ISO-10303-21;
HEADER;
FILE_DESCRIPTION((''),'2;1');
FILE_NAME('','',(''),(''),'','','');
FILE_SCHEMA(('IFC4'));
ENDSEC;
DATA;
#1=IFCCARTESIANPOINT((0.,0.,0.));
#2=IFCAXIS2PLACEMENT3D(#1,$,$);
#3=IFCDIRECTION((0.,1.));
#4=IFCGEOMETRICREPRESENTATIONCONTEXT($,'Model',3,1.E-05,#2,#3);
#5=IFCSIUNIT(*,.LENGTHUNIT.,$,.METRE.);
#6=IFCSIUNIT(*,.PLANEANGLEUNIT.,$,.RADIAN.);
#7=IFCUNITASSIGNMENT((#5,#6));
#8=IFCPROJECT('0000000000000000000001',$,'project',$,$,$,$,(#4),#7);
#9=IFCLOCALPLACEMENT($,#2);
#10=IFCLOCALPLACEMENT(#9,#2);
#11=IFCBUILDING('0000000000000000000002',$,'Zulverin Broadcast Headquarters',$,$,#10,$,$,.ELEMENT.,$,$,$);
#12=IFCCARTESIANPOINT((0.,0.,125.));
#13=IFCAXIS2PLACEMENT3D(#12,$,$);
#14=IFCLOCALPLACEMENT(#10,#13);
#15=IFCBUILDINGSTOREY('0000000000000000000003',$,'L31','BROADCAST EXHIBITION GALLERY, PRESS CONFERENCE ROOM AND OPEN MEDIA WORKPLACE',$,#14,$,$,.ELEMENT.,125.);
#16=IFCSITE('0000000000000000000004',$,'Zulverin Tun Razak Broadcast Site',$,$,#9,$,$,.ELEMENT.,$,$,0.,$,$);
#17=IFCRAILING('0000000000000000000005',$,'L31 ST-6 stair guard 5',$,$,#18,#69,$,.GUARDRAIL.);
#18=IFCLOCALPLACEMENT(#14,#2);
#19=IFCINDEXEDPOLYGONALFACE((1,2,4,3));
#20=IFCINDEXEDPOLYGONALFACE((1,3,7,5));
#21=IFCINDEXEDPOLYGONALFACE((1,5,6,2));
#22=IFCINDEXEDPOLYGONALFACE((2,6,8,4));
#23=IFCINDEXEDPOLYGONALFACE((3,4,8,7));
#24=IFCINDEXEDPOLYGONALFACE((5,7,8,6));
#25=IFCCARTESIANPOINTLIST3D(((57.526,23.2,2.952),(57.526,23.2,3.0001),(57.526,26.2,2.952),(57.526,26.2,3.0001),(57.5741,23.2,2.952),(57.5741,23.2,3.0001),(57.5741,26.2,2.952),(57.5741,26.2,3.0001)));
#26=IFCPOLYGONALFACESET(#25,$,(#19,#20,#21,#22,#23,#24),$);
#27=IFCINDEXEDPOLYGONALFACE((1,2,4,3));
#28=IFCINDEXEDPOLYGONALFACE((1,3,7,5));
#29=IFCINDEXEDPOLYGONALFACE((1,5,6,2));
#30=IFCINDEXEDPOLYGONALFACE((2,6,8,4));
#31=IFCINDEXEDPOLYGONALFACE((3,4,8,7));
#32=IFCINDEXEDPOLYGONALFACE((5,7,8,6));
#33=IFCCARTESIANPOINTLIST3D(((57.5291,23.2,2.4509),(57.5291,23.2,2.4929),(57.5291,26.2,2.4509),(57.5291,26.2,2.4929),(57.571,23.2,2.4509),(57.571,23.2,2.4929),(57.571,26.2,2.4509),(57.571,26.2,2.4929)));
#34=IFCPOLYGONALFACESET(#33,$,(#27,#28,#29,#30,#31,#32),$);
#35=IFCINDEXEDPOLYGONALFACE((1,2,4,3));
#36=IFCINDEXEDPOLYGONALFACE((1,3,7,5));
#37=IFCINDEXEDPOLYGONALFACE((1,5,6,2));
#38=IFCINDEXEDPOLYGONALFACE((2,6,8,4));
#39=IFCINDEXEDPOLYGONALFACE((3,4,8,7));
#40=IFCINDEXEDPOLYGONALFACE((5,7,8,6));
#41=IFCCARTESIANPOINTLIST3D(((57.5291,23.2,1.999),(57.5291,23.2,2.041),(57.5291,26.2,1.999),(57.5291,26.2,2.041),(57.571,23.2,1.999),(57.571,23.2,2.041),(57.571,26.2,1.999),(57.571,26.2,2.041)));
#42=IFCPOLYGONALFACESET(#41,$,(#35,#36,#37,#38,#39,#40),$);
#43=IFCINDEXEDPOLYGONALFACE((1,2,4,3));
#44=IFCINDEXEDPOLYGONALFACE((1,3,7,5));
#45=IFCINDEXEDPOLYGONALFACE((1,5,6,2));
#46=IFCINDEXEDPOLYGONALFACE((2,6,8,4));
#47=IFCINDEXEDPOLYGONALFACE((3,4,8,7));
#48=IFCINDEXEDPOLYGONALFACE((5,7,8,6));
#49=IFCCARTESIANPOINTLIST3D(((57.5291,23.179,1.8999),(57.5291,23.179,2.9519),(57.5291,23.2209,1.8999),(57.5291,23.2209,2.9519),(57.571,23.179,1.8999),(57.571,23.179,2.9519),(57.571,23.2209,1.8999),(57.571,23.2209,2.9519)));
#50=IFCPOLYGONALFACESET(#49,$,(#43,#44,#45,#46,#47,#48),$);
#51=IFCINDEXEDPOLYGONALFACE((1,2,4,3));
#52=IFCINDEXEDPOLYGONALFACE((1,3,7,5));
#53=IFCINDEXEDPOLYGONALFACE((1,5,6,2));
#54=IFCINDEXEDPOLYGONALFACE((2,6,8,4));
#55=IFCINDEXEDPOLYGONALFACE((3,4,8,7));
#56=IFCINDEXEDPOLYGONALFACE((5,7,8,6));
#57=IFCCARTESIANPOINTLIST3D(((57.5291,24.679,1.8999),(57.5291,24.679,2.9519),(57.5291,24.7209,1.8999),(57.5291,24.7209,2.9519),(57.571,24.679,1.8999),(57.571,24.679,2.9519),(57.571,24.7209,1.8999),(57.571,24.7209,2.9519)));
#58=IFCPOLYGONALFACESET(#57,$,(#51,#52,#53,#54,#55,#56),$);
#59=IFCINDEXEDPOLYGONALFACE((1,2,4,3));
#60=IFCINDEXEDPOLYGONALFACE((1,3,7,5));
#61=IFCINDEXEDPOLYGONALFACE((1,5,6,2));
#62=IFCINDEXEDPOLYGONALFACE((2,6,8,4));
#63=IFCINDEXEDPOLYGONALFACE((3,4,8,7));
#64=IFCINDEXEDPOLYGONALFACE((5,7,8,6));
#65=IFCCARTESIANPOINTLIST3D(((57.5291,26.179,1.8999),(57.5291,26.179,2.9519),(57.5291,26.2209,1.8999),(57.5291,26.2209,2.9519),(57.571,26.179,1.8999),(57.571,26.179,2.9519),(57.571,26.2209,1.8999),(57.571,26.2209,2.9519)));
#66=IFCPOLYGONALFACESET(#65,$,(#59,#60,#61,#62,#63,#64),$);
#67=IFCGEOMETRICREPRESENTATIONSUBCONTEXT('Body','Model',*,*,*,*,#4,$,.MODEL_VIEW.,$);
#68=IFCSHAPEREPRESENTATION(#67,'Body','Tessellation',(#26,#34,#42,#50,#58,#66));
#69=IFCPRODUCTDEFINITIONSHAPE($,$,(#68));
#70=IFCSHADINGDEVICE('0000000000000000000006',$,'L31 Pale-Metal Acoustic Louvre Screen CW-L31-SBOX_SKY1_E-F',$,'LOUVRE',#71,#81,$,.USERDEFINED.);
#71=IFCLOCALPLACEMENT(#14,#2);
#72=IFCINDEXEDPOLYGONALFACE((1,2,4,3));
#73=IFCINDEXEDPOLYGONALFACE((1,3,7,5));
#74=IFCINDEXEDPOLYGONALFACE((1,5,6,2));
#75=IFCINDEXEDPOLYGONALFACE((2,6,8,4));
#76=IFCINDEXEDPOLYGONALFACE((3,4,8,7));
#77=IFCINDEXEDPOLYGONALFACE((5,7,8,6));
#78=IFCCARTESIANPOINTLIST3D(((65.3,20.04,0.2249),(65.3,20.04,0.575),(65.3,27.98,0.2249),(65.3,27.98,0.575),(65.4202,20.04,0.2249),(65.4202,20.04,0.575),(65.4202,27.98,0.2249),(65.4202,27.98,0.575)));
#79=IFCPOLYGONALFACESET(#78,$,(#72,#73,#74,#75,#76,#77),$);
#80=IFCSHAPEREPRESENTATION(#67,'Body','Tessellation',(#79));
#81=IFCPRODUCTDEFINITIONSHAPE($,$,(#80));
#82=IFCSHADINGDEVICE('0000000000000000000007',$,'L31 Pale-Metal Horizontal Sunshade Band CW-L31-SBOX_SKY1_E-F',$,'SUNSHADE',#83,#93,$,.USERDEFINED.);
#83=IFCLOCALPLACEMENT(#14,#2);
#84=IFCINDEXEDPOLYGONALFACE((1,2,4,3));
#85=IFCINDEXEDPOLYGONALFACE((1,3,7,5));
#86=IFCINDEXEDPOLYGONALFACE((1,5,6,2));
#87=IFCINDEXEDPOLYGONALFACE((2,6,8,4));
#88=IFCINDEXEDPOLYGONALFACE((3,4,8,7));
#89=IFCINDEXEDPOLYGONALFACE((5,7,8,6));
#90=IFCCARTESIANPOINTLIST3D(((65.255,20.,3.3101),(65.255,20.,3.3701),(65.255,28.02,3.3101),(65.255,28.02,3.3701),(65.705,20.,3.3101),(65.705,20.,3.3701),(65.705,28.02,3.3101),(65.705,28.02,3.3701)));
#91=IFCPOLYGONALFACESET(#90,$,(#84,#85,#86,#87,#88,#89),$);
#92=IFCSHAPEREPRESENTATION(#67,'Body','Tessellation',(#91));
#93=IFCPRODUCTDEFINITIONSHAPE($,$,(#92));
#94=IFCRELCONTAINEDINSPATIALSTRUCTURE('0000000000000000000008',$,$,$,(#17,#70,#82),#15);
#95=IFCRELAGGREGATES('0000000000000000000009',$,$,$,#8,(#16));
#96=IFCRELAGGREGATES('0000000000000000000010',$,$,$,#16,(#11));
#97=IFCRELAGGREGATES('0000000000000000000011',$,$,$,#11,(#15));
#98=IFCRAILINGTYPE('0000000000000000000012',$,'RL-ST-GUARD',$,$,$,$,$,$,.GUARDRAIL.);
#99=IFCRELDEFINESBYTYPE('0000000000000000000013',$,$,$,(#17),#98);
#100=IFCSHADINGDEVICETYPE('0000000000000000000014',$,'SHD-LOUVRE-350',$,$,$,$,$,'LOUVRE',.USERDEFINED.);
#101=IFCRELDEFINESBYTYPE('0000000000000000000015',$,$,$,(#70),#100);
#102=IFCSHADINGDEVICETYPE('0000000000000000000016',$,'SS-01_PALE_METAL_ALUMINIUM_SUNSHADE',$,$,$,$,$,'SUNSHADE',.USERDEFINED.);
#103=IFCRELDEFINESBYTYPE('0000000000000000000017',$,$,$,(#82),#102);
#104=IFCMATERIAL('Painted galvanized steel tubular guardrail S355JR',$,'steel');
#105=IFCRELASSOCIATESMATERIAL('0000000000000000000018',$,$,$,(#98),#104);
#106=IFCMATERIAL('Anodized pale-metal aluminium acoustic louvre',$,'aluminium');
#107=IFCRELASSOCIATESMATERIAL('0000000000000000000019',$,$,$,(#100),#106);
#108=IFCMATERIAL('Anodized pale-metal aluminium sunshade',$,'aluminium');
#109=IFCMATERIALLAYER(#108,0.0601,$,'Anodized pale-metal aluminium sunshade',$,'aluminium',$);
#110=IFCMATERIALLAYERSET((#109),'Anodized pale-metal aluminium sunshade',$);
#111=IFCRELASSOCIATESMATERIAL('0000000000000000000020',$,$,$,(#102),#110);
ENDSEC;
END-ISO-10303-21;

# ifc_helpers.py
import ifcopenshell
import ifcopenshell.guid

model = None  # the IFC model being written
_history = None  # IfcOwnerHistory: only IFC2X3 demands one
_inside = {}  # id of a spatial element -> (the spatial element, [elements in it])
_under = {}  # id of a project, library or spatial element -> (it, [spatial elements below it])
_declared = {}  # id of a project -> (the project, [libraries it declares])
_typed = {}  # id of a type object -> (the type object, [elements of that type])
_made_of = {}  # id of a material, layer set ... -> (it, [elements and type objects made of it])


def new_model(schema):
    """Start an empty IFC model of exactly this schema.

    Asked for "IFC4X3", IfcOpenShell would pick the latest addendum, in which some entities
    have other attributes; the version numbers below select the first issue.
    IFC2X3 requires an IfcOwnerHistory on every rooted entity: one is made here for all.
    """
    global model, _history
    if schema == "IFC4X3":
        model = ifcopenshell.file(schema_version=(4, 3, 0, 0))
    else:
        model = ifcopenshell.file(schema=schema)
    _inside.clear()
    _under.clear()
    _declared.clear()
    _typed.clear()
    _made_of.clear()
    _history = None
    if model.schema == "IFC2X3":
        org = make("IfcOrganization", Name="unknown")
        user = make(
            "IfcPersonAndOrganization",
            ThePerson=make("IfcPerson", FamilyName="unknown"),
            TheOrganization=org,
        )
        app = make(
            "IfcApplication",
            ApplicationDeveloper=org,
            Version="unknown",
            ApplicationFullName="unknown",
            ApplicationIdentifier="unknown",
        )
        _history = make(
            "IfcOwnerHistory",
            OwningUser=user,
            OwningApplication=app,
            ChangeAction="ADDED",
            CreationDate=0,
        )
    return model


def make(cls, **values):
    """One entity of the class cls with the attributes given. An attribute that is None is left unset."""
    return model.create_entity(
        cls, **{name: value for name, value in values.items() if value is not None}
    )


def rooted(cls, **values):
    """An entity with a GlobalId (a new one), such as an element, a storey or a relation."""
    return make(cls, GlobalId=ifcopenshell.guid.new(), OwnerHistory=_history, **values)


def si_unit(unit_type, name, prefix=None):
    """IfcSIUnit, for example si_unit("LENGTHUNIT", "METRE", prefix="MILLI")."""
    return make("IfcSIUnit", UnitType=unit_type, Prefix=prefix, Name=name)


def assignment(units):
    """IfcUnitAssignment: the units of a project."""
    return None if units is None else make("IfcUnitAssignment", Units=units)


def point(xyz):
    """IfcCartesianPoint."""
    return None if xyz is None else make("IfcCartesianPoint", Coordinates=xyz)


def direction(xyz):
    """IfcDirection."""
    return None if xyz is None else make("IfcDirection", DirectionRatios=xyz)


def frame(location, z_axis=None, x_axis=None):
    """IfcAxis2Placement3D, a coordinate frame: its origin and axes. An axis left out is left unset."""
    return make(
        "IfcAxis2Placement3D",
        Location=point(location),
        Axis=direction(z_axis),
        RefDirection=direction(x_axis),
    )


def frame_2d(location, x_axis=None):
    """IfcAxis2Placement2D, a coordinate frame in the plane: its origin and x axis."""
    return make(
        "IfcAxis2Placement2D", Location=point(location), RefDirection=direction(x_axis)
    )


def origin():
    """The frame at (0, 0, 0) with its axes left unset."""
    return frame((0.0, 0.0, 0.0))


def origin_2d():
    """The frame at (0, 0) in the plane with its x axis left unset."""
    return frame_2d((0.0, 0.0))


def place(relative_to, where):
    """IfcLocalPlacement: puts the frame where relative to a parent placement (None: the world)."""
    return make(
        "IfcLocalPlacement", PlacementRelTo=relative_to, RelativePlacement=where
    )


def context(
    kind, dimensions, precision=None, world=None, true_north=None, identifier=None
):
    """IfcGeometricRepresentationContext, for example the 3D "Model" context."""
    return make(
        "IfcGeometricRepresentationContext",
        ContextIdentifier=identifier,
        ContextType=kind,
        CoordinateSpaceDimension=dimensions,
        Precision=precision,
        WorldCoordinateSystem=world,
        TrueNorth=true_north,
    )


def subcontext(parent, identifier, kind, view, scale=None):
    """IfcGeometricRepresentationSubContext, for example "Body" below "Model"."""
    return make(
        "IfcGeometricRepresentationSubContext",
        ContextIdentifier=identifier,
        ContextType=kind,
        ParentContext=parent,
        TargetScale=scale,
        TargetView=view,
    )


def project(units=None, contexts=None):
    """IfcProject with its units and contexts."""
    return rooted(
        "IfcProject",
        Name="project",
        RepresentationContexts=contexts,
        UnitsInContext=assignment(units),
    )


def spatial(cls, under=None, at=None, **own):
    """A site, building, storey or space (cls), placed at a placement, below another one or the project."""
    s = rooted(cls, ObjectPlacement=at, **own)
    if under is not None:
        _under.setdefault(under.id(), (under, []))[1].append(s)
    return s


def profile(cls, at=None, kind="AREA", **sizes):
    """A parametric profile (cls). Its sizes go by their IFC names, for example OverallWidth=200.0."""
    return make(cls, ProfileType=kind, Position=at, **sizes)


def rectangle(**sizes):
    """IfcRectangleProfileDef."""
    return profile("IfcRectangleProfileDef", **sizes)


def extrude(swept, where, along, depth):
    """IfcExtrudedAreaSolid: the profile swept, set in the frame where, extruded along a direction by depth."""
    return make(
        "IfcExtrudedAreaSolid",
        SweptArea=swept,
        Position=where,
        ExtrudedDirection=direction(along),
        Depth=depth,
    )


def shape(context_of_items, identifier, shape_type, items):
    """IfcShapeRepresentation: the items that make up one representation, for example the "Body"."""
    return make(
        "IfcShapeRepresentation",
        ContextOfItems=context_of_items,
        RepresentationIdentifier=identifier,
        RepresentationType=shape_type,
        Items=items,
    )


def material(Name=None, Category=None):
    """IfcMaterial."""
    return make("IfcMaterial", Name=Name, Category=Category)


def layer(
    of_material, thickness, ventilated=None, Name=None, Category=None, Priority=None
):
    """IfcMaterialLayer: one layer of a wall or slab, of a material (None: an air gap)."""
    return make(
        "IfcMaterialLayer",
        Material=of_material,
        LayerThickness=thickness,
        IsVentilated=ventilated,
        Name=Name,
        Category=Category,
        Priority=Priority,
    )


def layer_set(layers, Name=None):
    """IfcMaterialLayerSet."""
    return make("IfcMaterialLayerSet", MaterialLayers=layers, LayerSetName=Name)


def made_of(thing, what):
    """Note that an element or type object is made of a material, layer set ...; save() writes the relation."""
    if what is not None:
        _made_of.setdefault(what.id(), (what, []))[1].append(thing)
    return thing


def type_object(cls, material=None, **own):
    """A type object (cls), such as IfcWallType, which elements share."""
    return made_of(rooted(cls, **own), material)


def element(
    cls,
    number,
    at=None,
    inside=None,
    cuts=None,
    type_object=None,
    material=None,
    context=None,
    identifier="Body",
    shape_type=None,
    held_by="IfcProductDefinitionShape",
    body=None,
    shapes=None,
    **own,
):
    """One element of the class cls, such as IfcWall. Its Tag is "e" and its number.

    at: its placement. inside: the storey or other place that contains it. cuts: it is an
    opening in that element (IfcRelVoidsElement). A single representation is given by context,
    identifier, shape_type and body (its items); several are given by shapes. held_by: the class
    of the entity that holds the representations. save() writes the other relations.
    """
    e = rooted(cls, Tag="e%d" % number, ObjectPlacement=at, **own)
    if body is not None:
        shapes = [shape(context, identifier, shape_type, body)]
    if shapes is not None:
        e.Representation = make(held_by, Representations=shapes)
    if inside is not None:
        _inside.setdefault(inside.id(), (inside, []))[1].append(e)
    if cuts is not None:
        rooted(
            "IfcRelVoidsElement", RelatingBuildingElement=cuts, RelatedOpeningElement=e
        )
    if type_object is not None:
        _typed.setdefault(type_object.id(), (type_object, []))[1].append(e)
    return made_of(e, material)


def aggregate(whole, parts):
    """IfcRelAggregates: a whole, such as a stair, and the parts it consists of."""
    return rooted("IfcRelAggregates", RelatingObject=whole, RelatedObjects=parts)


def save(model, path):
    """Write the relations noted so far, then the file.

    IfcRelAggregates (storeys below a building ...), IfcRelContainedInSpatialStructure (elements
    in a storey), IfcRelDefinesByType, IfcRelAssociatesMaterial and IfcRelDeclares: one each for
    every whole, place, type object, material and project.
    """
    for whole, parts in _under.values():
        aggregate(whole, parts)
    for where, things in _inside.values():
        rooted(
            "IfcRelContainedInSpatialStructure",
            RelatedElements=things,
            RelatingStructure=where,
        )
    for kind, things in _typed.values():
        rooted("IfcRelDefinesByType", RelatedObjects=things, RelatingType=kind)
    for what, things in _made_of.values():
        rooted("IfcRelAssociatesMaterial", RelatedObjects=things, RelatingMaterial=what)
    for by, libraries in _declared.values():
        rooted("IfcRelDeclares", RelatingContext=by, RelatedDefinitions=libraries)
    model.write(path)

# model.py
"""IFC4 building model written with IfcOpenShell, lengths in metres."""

from ifc_helpers import new_model, si_unit, direction, frame, origin, origin_2d, place, context, subcontext, project, spatial, rectangle, extrude, material, layer, layer_set, type_object, element, save


model = new_model("IFC4")

# Units and contexts
model_context = context("Model", 3, precision=1e-05, world=origin(), true_north=direction((0.0, 1.0)))
body_context = subcontext(model_context, "Body", "Model", "MODEL_VIEW")
ifc_project = project(units=[si_unit("LENGTHUNIT", "METRE"), si_unit("PLANEANGLEUNIT", "RADIAN")], contexts=[model_context])

# Site, building, storey
site_placement = place(None, origin())
site = spatial("IfcSite", under=ifc_project, at=site_placement, Name="Zulverin Tun Razak Broadcast Site", CompositionType="ELEMENT", RefElevation=0.0)
building_placement = place(site_placement, origin())
building = spatial("IfcBuilding", under=site, at=building_placement, Name="Zulverin Broadcast Headquarters", CompositionType="ELEMENT")
storey_placement = place(building_placement, frame((0.0, 0.0, 125.0)))
storey = spatial("IfcBuildingStorey", under=building, at=storey_placement, Name="L31", Description="BROADCAST EXHIBITION GALLERY, PRESS CONFERENCE ROOM AND OPEN MEDIA WORKPLACE", CompositionType="ELEMENT", Elevation=125.0)

# Railing
ifc_material_1 = material(Name="Painted galvanized steel tubular guardrail S355JR", Category="steel")
railing_type = type_object("IfcRailingType", Name="RL-ST-GUARD", PredefinedType="GUARDRAIL", material=ifc_material_1)
railing_1_placement = place(storey_placement, frame((57.55, 23.2, 1.8999)))
element("IfcRailing", 1, at=railing_1_placement, inside=storey, type_object=railing_type, Name="L31 ST-6 stair guard 5", PredefinedType="GUARDRAIL", context=body_context, shape_type="SweptSolid", body=[
    extrude(rectangle(XDim=0.0481, YDim=0.0481, at=origin_2d()), frame((0.0, 0.0, 1.0762), z_axis=(0.0, 1.0, 0.0), x_axis=(-1.0, 0.0, 0.0)), (0.0, 0.0, 1.0), 3.0),
    extrude(rectangle(XDim=0.042, YDim=0.042, at=origin_2d()), frame((0.0, 0.0, 0.572), z_axis=(0.0, 1.0, 0.0), x_axis=(-1.0, 0.0, 0.0)), (0.0, 0.0, 1.0), 3.0),
    extrude(rectangle(XDim=0.042, YDim=0.042, at=origin_2d()), frame((0.0, 0.0, 0.1201), z_axis=(0.0, 1.0, 0.0), x_axis=(-1.0, 0.0, 0.0)), (0.0, 0.0, 1.0), 3.0),
    extrude(rectangle(XDim=0.042, YDim=0.042, at=origin_2d()), origin(), (0.0, 0.0, 1.0), 1.052),
    extrude(rectangle(XDim=0.042, YDim=0.042, at=origin_2d()), frame((0.0, 1.5, 0.0)), (0.0, 0.0, 1.0), 1.052),
    extrude(rectangle(XDim=0.042, YDim=0.042, at=origin_2d()), frame((0.0, 3.0, 0.0)), (0.0, 0.0, 1.0), 1.052),
])

# Shading devices
ifc_material_2 = material(Name="Anodized pale-metal aluminium acoustic louvre", Category="aluminium")
shading_device_type_1 = type_object("IfcShadingDeviceType", Name="SHD-LOUVRE-350", ElementType="LOUVRE", PredefinedType="USERDEFINED", material=ifc_material_2)
shading_device_1_placement = place(storey_placement, frame((65.3601, 24.01, 0.2249), z_axis=(0.0, 0.0, 1.0), x_axis=(0.0, 1.0, 0.0)))
element("IfcShadingDevice", 2, at=shading_device_1_placement, inside=storey, type_object=shading_device_type_1, Name="L31 Pale-Metal Acoustic Louvre Screen CW-L31-SBOX_SKY1_E-F", ObjectType="LOUVRE", PredefinedType="USERDEFINED", context=body_context, shape_type="SweptSolid", body=[
    extrude(rectangle(XDim=7.9399, YDim=0.1201, at=origin_2d()), origin(), (0.0, 0.0, 1.0), 0.3501),
])
ifc_material_3 = material(Name="Anodized pale-metal aluminium sunshade", Category="aluminium")
ifc_layer_1 = layer(ifc_material_3, 0.0601, Name="Anodized pale-metal aluminium sunshade", Category="aluminium")
ifc_layer_set_1 = layer_set([ifc_layer_1], Name="Anodized pale-metal aluminium sunshade")
shading_device_type_2 = type_object("IfcShadingDeviceType", Name="SS-01_PALE_METAL_ALUMINIUM_SUNSHADE", ElementType="SUNSHADE", PredefinedType="USERDEFINED", material=ifc_layer_set_1)
shading_device_2_placement = place(storey_placement, frame((65.48, 24.01, 3.3101), z_axis=(0.0, 0.0, 1.0), x_axis=(0.0, 1.0, 0.0)))
element("IfcShadingDevice", 3, at=shading_device_2_placement, inside=storey, type_object=shading_device_type_2, Name="L31 Pale-Metal Horizontal Sunshade Band CW-L31-SBOX_SKY1_E-F", ObjectType="SUNSHADE", PredefinedType="USERDEFINED", context=body_context, shape_type="SweptSolid", body=[
    extrude(rectangle(XDim=8.02, YDim=0.45, at=origin_2d()), origin(), (0.0, 0.0, 1.0), 0.0601),
])

save(model, "model.ifc")
